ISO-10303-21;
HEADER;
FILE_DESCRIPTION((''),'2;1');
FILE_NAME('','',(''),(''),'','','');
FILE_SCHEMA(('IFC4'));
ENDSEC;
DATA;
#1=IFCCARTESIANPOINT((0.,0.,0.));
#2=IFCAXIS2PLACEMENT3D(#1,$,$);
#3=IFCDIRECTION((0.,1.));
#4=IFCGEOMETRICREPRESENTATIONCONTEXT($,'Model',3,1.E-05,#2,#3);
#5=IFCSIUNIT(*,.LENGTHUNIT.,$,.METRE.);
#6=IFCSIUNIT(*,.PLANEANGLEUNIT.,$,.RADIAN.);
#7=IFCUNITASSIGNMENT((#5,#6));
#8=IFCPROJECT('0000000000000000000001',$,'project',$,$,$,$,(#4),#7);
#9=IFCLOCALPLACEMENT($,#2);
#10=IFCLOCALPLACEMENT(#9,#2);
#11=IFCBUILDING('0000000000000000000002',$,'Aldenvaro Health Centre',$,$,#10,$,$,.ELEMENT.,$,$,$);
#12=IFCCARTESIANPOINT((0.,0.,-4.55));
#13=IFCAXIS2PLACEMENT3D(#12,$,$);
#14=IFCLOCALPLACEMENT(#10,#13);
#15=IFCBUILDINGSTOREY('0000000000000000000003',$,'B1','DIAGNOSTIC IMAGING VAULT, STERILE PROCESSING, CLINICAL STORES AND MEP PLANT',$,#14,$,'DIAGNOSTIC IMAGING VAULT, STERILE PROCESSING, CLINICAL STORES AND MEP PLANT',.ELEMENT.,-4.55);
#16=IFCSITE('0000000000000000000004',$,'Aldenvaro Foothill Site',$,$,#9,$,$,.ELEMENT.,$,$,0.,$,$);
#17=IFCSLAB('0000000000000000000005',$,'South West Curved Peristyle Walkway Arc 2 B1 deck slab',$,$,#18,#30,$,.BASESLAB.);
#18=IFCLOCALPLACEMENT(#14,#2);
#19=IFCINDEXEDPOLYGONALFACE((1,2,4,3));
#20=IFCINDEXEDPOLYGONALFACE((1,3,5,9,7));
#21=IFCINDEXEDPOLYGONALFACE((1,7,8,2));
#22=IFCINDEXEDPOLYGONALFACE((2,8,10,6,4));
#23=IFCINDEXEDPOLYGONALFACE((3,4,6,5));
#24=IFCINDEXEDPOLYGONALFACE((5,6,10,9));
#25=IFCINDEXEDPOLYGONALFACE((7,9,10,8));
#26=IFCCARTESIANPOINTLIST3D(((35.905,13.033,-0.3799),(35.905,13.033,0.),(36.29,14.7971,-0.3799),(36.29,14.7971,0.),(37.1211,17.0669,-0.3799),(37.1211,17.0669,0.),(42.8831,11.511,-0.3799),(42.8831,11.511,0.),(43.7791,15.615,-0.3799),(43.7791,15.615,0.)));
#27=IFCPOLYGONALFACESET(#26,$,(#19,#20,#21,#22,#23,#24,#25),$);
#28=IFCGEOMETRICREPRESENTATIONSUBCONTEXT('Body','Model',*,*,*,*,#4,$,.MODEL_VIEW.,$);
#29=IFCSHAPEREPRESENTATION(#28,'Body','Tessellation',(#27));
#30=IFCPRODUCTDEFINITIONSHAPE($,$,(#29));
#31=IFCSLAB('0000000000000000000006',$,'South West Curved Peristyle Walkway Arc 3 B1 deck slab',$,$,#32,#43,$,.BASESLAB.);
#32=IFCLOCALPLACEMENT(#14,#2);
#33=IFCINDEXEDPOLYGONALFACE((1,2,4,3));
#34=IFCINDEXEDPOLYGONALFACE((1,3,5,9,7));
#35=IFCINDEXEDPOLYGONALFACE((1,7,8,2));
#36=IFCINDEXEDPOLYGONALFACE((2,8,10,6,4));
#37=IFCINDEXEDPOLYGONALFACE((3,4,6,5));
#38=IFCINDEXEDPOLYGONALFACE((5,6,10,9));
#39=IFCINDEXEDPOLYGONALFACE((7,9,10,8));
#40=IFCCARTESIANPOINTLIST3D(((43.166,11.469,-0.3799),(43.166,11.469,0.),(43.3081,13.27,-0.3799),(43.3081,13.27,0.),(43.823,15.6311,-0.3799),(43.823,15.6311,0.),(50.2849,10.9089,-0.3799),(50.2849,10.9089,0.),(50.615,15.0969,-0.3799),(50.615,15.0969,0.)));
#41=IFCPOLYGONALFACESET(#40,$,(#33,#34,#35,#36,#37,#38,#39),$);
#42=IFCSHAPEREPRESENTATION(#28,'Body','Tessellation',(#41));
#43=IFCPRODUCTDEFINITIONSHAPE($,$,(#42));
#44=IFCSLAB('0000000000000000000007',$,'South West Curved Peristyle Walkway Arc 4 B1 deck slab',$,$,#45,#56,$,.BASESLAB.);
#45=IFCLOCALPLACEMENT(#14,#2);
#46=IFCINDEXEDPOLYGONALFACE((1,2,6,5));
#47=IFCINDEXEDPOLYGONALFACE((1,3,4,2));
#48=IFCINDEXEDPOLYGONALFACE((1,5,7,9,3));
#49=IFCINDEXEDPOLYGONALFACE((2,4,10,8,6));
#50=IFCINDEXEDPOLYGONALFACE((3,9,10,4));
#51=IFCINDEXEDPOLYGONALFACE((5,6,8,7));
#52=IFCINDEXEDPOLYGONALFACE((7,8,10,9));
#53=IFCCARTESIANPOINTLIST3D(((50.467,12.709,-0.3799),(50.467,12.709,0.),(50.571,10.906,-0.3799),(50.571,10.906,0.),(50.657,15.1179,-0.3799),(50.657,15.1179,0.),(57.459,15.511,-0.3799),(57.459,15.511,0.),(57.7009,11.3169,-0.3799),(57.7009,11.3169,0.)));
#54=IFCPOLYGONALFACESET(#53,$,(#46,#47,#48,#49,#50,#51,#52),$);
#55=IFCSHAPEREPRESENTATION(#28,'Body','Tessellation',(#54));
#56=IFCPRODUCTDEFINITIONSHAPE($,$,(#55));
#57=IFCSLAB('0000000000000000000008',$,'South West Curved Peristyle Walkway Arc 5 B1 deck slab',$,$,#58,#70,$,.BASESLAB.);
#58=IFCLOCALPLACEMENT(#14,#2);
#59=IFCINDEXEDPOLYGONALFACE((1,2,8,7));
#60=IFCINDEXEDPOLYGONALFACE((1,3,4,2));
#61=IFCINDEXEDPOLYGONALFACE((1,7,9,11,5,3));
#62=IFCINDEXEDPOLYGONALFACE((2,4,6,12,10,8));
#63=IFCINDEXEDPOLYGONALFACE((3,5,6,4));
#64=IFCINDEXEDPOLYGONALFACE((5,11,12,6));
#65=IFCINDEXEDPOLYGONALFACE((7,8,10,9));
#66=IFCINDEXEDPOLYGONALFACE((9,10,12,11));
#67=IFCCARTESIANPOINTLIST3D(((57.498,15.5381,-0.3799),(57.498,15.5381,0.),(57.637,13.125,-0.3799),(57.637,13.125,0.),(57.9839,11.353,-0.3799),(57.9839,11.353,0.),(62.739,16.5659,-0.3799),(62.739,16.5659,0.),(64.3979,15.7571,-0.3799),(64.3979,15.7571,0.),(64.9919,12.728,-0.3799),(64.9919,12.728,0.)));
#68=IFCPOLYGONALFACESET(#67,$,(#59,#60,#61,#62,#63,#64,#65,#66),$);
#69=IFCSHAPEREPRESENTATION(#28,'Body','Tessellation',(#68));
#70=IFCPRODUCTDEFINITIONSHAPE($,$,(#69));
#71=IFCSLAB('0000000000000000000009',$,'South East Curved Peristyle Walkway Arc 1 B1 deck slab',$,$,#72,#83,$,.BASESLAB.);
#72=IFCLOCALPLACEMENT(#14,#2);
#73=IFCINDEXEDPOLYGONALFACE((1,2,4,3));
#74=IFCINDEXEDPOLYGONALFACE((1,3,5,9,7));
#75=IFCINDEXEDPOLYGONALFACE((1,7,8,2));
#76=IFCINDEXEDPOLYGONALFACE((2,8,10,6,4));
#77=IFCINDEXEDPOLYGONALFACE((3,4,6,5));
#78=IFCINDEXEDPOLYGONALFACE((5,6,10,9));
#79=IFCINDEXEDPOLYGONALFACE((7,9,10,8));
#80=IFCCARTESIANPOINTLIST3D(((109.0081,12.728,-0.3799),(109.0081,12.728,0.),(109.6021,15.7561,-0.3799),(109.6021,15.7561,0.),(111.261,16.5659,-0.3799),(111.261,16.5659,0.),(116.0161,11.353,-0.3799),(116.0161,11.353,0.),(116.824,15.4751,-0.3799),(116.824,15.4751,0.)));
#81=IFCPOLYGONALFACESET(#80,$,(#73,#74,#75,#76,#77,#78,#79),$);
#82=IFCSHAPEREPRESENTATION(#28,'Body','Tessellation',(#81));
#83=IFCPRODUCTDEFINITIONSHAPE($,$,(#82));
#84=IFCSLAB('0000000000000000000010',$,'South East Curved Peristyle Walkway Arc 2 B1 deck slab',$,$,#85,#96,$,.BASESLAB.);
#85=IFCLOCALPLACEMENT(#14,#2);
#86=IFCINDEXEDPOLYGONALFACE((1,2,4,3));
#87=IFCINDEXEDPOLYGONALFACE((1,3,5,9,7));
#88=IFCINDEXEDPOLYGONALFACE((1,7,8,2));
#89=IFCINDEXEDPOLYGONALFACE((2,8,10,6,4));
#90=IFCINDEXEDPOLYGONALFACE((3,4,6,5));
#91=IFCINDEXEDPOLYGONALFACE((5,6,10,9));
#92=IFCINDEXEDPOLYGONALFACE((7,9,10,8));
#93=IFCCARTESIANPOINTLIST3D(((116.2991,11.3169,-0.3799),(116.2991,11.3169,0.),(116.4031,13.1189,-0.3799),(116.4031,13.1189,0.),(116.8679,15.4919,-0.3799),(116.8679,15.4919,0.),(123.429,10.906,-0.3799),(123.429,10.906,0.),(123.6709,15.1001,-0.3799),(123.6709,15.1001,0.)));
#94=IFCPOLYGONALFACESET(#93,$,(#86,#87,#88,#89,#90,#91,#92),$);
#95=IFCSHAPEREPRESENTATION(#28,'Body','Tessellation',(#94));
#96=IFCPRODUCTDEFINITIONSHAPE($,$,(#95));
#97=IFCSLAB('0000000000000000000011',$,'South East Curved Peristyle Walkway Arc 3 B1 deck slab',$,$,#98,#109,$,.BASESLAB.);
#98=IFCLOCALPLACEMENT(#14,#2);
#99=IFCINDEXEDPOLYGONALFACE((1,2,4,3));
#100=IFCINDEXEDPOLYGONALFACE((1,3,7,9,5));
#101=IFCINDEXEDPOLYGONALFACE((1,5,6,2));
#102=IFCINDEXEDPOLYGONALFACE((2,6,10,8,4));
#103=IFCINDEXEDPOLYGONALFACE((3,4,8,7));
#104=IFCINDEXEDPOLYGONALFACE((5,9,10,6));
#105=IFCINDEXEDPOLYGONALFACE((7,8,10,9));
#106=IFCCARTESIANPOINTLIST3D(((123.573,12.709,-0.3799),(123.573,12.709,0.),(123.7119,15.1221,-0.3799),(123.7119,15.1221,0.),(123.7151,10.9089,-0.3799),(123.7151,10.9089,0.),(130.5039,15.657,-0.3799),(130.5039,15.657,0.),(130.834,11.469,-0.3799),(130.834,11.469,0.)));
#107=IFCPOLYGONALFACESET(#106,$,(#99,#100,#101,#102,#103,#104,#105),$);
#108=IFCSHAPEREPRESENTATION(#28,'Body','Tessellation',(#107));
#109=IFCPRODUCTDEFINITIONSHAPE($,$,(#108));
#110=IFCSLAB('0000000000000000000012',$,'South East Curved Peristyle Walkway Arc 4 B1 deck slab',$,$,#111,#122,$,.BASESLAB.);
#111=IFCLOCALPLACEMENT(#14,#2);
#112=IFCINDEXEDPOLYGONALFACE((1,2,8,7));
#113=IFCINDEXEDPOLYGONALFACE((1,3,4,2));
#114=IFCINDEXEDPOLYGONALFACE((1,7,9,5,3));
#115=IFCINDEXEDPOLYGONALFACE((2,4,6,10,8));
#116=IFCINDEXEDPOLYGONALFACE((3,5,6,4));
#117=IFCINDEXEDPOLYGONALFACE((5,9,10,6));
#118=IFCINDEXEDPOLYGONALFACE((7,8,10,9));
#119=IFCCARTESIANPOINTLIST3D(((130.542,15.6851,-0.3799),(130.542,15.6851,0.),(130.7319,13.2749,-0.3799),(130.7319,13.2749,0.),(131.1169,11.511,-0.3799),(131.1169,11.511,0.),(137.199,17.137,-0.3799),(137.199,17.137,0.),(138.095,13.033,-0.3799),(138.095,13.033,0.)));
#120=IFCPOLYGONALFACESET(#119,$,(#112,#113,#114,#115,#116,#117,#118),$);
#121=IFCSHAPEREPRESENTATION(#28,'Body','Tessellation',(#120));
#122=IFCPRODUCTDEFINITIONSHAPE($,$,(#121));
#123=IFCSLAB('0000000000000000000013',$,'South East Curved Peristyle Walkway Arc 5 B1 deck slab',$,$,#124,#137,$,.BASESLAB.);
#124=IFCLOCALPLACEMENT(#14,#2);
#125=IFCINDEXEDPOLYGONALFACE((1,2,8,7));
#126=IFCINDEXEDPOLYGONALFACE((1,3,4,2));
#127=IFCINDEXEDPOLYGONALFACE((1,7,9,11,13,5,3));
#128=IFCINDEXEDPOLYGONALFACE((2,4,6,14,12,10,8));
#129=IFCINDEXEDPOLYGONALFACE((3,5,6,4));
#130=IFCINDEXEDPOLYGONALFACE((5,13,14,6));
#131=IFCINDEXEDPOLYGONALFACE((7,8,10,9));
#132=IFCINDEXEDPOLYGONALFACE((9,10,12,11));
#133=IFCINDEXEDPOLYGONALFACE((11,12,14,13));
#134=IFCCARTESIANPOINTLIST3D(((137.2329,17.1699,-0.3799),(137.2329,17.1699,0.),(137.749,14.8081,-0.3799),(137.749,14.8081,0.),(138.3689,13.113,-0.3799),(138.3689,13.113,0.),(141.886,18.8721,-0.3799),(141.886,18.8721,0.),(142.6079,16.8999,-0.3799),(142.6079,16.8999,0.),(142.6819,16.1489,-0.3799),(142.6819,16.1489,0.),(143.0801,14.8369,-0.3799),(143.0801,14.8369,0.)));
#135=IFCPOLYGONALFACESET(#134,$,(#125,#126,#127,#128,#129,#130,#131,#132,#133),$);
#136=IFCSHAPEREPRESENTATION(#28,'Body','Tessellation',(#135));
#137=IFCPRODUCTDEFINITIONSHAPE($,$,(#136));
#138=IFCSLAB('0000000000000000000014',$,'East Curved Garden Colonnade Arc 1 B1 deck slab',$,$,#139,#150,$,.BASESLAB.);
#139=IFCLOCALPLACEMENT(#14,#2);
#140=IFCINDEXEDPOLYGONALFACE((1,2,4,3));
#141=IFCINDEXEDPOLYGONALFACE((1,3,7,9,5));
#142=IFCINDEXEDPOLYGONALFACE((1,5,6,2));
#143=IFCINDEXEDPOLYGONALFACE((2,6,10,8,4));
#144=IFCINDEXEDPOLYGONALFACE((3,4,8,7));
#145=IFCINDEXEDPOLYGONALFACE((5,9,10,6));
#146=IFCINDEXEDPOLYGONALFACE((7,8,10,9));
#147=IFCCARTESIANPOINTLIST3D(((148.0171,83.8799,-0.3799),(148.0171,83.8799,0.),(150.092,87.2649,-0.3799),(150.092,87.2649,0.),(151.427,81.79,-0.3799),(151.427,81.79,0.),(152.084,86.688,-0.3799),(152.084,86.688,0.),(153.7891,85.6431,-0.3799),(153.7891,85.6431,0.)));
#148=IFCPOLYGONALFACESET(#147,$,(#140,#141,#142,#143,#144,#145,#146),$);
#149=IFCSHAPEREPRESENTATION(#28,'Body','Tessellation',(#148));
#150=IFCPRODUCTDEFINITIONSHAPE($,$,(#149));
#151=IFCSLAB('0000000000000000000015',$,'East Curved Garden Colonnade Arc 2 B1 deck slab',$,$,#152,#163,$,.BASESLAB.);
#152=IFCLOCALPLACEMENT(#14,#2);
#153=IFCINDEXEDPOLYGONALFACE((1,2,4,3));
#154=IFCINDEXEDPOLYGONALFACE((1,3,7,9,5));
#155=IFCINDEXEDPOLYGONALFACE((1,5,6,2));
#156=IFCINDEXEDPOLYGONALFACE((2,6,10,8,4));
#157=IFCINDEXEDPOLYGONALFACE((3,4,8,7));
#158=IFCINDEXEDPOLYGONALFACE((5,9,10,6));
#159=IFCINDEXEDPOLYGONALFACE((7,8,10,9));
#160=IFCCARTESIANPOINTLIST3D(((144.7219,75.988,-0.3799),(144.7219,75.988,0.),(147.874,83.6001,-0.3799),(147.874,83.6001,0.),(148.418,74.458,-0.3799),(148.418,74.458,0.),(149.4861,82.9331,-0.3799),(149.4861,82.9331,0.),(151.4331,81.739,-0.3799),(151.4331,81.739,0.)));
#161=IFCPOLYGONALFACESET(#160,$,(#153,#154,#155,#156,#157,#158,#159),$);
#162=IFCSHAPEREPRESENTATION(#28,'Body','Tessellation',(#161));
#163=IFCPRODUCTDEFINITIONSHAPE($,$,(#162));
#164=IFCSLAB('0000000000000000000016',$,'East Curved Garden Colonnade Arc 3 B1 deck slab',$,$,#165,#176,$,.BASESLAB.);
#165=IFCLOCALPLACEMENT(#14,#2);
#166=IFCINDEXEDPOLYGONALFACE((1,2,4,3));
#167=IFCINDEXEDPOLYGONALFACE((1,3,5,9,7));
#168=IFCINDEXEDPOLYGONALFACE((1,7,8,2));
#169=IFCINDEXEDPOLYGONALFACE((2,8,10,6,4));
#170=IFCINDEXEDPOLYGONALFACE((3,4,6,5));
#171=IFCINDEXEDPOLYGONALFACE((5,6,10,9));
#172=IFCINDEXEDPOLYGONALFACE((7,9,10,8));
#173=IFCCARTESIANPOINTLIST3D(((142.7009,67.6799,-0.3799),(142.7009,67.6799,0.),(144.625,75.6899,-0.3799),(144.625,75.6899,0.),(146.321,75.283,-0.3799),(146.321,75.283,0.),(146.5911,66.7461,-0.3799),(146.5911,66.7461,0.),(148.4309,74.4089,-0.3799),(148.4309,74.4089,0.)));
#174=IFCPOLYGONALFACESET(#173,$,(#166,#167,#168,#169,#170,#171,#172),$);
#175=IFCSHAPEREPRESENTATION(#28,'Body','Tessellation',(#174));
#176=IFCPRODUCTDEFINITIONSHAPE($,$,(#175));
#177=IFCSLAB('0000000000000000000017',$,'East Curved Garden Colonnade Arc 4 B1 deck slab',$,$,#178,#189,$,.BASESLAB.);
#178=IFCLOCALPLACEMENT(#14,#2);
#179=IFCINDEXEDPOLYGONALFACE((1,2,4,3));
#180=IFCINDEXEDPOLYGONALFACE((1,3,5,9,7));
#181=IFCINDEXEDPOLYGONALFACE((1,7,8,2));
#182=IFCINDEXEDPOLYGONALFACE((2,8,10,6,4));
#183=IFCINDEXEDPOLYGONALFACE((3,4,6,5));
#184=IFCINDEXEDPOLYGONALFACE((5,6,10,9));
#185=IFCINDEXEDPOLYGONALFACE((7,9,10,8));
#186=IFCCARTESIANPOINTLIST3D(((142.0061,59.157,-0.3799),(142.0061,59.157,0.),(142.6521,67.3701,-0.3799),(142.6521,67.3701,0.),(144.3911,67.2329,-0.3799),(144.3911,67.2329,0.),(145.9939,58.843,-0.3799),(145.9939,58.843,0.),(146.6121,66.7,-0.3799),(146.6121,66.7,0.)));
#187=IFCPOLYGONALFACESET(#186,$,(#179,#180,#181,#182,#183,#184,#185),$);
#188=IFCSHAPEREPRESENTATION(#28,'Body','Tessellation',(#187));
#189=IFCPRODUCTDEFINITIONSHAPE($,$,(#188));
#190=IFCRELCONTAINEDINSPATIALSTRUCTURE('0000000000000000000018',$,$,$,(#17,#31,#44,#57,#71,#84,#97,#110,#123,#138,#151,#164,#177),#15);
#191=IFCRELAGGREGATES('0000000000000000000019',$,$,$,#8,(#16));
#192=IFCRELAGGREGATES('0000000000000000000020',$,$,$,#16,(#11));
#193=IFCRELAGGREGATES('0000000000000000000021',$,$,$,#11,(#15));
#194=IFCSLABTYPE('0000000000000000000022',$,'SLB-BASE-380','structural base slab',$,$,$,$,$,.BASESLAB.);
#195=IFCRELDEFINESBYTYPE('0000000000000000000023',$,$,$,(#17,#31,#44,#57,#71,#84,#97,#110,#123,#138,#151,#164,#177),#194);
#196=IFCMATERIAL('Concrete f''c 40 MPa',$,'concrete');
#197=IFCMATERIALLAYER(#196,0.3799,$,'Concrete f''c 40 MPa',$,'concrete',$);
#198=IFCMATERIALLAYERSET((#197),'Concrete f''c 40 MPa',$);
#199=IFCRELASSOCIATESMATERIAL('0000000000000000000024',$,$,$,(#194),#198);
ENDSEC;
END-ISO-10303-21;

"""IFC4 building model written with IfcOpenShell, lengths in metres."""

from ifc_helpers import new_model, si_unit, direction, frame, origin, place, context, subcontext, project, spatial, polyline, outline, extrude, material, layer, layer_set, type_object, element, save


model = new_model("IFC4")

# Units and contexts
model_context = context("Model", 3, precision=1e-05, world=origin(), true_north=direction((0.0, 1.0)))
body_context = subcontext(model_context, "Body", "Model", "MODEL_VIEW")
ifc_project = project(units=[si_unit("LENGTHUNIT", "METRE"), si_unit("PLANEANGLEUNIT", "RADIAN")], contexts=[model_context])

# Site, building, storey
site_placement = place(None, origin())
site = spatial("IfcSite", under=ifc_project, at=site_placement, Name="Aldenvaro Foothill Site", CompositionType="ELEMENT", RefElevation=0.0)
building_placement = place(site_placement, origin())
building = spatial("IfcBuilding", under=site, at=building_placement, Name="Aldenvaro Health Centre", CompositionType="ELEMENT")
storey_placement = place(building_placement, frame((0.0, 0.0, -4.55)))
storey = spatial("IfcBuildingStorey", under=building, at=storey_placement, Name="B1", Description="DIAGNOSTIC IMAGING VAULT, STERILE PROCESSING, CLINICAL STORES AND MEP PLANT", LongName="DIAGNOSTIC IMAGING VAULT, STERILE PROCESSING, CLINICAL STORES AND MEP PLANT", CompositionType="ELEMENT", Elevation=-4.55)

# Slabs
ifc_material = material(Name="Concrete f'c 40 MPa", Category="concrete")
ifc_layer_1 = layer(ifc_material, 0.3799, Name="Concrete f'c 40 MPa", Category="concrete")
ifc_layer_set_1 = layer_set([ifc_layer_1], Name="Concrete f'c 40 MPa")
slab_type_1 = type_object("IfcSlabType", Name="SLB-BASE-380", Description="structural base slab", PredefinedType="BASESLAB", material=ifc_layer_set_1)
slab_1_placement = place(storey_placement, frame((0.0, 0.0, -0.3799)))
element("IfcSlab", 1, at=slab_1_placement, inside=storey, type_object=slab_type_1, Name="South West Curved Peristyle Walkway Arc 2 B1 deck slab", PredefinedType="BASESLAB", context=body_context, shape_type="SweptSolid", body=[
    extrude(outline(polyline([(43.7791, 15.615), (42.8831, 11.511), (35.905, 13.033), (36.29, 14.7971), (37.1211, 17.0669), (43.7791, 15.615)])), origin(), (0.0, 0.0, 1.0), 0.3799),
])
slab_2_placement = place(storey_placement, frame((0.0, 0.0, -0.3799)))
element("IfcSlab", 2, at=slab_2_placement, inside=storey, type_object=slab_type_1, Name="South West Curved Peristyle Walkway Arc 3 B1 deck slab", PredefinedType="BASESLAB", context=body_context, shape_type="SweptSolid", body=[
    extrude(outline(polyline([(50.615, 15.0969), (50.2849, 10.9089), (43.166, 11.469), (43.3081, 13.27), (43.823, 15.6311), (50.615, 15.0969)])), origin(), (0.0, 0.0, 1.0), 0.3799),
])
slab_3_placement = place(storey_placement, frame((0.0, 0.0, -0.3799)))
element("IfcSlab", 3, at=slab_3_placement, inside=storey, type_object=slab_type_1, Name="South West Curved Peristyle Walkway Arc 4 B1 deck slab", PredefinedType="BASESLAB", context=body_context, shape_type="SweptSolid", body=[
    extrude(outline(polyline([(57.459, 15.511), (57.7009, 11.3169), (50.571, 10.906), (50.467, 12.709), (50.657, 15.1179), (57.459, 15.511)])), origin(), (0.0, 0.0, 1.0), 0.3799),
])
slab_4_placement = place(storey_placement, frame((0.0, 0.0, -0.3799)))
element("IfcSlab", 4, at=slab_4_placement, inside=storey, type_object=slab_type_1, Name="South West Curved Peristyle Walkway Arc 5 B1 deck slab", PredefinedType="BASESLAB", context=body_context, shape_type="SweptSolid", body=[
    extrude(outline(polyline([(64.9919, 12.728), (57.9839, 11.353), (57.637, 13.125), (57.498, 15.5381), (62.739, 16.5659), (64.3979, 15.7571), (64.9919, 12.728)])), origin(), (0.0, 0.0, 1.0), 0.3799),
])
slab_5_placement = place(storey_placement, frame((0.0, 0.0, -0.3799)))
element("IfcSlab", 5, at=slab_5_placement, inside=storey, type_object=slab_type_1, Name="South East Curved Peristyle Walkway Arc 1 B1 deck slab", PredefinedType="BASESLAB", context=body_context, shape_type="SweptSolid", body=[
    extrude(outline(polyline([(116.824, 15.4751), (116.0161, 11.353), (109.0081, 12.728), (109.6021, 15.7561), (111.261, 16.5659), (116.824, 15.4751)])), origin(), (0.0, 0.0, 1.0), 0.3799),
])
slab_6_placement = place(storey_placement, frame((0.0, 0.0, -0.3799)))
element("IfcSlab", 6, at=slab_6_placement, inside=storey, type_object=slab_type_1, Name="South East Curved Peristyle Walkway Arc 2 B1 deck slab", PredefinedType="BASESLAB", context=body_context, shape_type="SweptSolid", body=[
    extrude(outline(polyline([(123.6709, 15.1001), (123.429, 10.906), (116.2991, 11.3169), (116.4031, 13.1189), (116.8679, 15.4919), (123.6709, 15.1001)])), origin(), (0.0, 0.0, 1.0), 0.3799),
])
slab_7_placement = place(storey_placement, frame((0.0, 0.0, -0.3799)))
element("IfcSlab", 7, at=slab_7_placement, inside=storey, type_object=slab_type_1, Name="South East Curved Peristyle Walkway Arc 3 B1 deck slab", PredefinedType="BASESLAB", context=body_context, shape_type="SweptSolid", body=[
    extrude(outline(polyline([(130.5039, 15.657), (130.834, 11.469), (123.7151, 10.9089), (123.573, 12.709), (123.7119, 15.1221), (130.5039, 15.657)])), origin(), (0.0, 0.0, 1.0), 0.3799),
])
slab_8_placement = place(storey_placement, frame((0.0, 0.0, -0.3799)))
element("IfcSlab", 8, at=slab_8_placement, inside=storey, type_object=slab_type_1, Name="South East Curved Peristyle Walkway Arc 4 B1 deck slab", PredefinedType="BASESLAB", context=body_context, shape_type="SweptSolid", body=[
    extrude(outline(polyline([(137.199, 17.137), (138.095, 13.033), (131.1169, 11.511), (130.7319, 13.2749), (130.542, 15.6851), (137.199, 17.137)])), origin(), (0.0, 0.0, 1.0), 0.3799),
])
slab_9_placement = place(storey_placement, frame((0.0, 0.0, -0.3799)))
element("IfcSlab", 9, at=slab_9_placement, inside=storey, type_object=slab_type_1, Name="South East Curved Peristyle Walkway Arc 5 B1 deck slab", PredefinedType="BASESLAB", context=body_context, shape_type="SweptSolid", body=[
    extrude(outline(polyline([(138.3689, 13.113), (137.749, 14.8081), (137.2329, 17.1699), (141.886, 18.8721), (142.6079, 16.8999), (142.6819, 16.1489), (143.0801, 14.8369), (138.3689, 13.113)])), origin(), (0.0, 0.0, 1.0), 0.3799),
])
slab_10_placement = place(storey_placement, frame((0.0, 0.0, -0.3799)))
element("IfcSlab", 10, at=slab_10_placement, inside=storey, type_object=slab_type_1, Name="East Curved Garden Colonnade Arc 1 B1 deck slab", PredefinedType="BASESLAB", context=body_context, shape_type="SweptSolid", body=[
    extrude(outline(polyline([(153.7891, 85.6431), (151.427, 81.79), (148.0171, 83.8799), (150.092, 87.2649), (152.084, 86.688), (153.7891, 85.6431)])), origin(), (0.0, 0.0, 1.0), 0.3799),
])
slab_11_placement = place(storey_placement, frame((0.0, 0.0, -0.3799)))
element("IfcSlab", 11, at=slab_11_placement, inside=storey, type_object=slab_type_1, Name="East Curved Garden Colonnade Arc 2 B1 deck slab", PredefinedType="BASESLAB", context=body_context, shape_type="SweptSolid", body=[
    extrude(outline(polyline([(148.418, 74.458), (144.7219, 75.988), (147.874, 83.6001), (149.4861, 82.9331), (151.4331, 81.739), (148.418, 74.458)])), origin(), (0.0, 0.0, 1.0), 0.3799),
])
slab_12_placement = place(storey_placement, frame((0.0, 0.0, -0.3799)))
element("IfcSlab", 12, at=slab_12_placement, inside=storey, type_object=slab_type_1, Name="East Curved Garden Colonnade Arc 3 B1 deck slab", PredefinedType="BASESLAB", context=body_context, shape_type="SweptSolid", body=[
    extrude(outline(polyline([(146.5911, 66.7461), (142.7009, 67.6799), (144.625, 75.6899), (146.321, 75.283), (148.4309, 74.4089), (146.5911, 66.7461)])), origin(), (0.0, 0.0, 1.0), 0.3799),
])
slab_13_placement = place(storey_placement, frame((0.0, 0.0, -0.3799)))
element("IfcSlab", 13, at=slab_13_placement, inside=storey, type_object=slab_type_1, Name="East Curved Garden Colonnade Arc 4 B1 deck slab", PredefinedType="BASESLAB", context=body_context, shape_type="SweptSolid", body=[
    extrude(outline(polyline([(145.9939, 58.843), (142.0061, 59.157), (142.6521, 67.3701), (144.3911, 67.2329), (146.6121, 66.7), (145.9939, 58.843)])), origin(), (0.0, 0.0, 1.0), 0.3799),
])

save(model, "model.ifc")
